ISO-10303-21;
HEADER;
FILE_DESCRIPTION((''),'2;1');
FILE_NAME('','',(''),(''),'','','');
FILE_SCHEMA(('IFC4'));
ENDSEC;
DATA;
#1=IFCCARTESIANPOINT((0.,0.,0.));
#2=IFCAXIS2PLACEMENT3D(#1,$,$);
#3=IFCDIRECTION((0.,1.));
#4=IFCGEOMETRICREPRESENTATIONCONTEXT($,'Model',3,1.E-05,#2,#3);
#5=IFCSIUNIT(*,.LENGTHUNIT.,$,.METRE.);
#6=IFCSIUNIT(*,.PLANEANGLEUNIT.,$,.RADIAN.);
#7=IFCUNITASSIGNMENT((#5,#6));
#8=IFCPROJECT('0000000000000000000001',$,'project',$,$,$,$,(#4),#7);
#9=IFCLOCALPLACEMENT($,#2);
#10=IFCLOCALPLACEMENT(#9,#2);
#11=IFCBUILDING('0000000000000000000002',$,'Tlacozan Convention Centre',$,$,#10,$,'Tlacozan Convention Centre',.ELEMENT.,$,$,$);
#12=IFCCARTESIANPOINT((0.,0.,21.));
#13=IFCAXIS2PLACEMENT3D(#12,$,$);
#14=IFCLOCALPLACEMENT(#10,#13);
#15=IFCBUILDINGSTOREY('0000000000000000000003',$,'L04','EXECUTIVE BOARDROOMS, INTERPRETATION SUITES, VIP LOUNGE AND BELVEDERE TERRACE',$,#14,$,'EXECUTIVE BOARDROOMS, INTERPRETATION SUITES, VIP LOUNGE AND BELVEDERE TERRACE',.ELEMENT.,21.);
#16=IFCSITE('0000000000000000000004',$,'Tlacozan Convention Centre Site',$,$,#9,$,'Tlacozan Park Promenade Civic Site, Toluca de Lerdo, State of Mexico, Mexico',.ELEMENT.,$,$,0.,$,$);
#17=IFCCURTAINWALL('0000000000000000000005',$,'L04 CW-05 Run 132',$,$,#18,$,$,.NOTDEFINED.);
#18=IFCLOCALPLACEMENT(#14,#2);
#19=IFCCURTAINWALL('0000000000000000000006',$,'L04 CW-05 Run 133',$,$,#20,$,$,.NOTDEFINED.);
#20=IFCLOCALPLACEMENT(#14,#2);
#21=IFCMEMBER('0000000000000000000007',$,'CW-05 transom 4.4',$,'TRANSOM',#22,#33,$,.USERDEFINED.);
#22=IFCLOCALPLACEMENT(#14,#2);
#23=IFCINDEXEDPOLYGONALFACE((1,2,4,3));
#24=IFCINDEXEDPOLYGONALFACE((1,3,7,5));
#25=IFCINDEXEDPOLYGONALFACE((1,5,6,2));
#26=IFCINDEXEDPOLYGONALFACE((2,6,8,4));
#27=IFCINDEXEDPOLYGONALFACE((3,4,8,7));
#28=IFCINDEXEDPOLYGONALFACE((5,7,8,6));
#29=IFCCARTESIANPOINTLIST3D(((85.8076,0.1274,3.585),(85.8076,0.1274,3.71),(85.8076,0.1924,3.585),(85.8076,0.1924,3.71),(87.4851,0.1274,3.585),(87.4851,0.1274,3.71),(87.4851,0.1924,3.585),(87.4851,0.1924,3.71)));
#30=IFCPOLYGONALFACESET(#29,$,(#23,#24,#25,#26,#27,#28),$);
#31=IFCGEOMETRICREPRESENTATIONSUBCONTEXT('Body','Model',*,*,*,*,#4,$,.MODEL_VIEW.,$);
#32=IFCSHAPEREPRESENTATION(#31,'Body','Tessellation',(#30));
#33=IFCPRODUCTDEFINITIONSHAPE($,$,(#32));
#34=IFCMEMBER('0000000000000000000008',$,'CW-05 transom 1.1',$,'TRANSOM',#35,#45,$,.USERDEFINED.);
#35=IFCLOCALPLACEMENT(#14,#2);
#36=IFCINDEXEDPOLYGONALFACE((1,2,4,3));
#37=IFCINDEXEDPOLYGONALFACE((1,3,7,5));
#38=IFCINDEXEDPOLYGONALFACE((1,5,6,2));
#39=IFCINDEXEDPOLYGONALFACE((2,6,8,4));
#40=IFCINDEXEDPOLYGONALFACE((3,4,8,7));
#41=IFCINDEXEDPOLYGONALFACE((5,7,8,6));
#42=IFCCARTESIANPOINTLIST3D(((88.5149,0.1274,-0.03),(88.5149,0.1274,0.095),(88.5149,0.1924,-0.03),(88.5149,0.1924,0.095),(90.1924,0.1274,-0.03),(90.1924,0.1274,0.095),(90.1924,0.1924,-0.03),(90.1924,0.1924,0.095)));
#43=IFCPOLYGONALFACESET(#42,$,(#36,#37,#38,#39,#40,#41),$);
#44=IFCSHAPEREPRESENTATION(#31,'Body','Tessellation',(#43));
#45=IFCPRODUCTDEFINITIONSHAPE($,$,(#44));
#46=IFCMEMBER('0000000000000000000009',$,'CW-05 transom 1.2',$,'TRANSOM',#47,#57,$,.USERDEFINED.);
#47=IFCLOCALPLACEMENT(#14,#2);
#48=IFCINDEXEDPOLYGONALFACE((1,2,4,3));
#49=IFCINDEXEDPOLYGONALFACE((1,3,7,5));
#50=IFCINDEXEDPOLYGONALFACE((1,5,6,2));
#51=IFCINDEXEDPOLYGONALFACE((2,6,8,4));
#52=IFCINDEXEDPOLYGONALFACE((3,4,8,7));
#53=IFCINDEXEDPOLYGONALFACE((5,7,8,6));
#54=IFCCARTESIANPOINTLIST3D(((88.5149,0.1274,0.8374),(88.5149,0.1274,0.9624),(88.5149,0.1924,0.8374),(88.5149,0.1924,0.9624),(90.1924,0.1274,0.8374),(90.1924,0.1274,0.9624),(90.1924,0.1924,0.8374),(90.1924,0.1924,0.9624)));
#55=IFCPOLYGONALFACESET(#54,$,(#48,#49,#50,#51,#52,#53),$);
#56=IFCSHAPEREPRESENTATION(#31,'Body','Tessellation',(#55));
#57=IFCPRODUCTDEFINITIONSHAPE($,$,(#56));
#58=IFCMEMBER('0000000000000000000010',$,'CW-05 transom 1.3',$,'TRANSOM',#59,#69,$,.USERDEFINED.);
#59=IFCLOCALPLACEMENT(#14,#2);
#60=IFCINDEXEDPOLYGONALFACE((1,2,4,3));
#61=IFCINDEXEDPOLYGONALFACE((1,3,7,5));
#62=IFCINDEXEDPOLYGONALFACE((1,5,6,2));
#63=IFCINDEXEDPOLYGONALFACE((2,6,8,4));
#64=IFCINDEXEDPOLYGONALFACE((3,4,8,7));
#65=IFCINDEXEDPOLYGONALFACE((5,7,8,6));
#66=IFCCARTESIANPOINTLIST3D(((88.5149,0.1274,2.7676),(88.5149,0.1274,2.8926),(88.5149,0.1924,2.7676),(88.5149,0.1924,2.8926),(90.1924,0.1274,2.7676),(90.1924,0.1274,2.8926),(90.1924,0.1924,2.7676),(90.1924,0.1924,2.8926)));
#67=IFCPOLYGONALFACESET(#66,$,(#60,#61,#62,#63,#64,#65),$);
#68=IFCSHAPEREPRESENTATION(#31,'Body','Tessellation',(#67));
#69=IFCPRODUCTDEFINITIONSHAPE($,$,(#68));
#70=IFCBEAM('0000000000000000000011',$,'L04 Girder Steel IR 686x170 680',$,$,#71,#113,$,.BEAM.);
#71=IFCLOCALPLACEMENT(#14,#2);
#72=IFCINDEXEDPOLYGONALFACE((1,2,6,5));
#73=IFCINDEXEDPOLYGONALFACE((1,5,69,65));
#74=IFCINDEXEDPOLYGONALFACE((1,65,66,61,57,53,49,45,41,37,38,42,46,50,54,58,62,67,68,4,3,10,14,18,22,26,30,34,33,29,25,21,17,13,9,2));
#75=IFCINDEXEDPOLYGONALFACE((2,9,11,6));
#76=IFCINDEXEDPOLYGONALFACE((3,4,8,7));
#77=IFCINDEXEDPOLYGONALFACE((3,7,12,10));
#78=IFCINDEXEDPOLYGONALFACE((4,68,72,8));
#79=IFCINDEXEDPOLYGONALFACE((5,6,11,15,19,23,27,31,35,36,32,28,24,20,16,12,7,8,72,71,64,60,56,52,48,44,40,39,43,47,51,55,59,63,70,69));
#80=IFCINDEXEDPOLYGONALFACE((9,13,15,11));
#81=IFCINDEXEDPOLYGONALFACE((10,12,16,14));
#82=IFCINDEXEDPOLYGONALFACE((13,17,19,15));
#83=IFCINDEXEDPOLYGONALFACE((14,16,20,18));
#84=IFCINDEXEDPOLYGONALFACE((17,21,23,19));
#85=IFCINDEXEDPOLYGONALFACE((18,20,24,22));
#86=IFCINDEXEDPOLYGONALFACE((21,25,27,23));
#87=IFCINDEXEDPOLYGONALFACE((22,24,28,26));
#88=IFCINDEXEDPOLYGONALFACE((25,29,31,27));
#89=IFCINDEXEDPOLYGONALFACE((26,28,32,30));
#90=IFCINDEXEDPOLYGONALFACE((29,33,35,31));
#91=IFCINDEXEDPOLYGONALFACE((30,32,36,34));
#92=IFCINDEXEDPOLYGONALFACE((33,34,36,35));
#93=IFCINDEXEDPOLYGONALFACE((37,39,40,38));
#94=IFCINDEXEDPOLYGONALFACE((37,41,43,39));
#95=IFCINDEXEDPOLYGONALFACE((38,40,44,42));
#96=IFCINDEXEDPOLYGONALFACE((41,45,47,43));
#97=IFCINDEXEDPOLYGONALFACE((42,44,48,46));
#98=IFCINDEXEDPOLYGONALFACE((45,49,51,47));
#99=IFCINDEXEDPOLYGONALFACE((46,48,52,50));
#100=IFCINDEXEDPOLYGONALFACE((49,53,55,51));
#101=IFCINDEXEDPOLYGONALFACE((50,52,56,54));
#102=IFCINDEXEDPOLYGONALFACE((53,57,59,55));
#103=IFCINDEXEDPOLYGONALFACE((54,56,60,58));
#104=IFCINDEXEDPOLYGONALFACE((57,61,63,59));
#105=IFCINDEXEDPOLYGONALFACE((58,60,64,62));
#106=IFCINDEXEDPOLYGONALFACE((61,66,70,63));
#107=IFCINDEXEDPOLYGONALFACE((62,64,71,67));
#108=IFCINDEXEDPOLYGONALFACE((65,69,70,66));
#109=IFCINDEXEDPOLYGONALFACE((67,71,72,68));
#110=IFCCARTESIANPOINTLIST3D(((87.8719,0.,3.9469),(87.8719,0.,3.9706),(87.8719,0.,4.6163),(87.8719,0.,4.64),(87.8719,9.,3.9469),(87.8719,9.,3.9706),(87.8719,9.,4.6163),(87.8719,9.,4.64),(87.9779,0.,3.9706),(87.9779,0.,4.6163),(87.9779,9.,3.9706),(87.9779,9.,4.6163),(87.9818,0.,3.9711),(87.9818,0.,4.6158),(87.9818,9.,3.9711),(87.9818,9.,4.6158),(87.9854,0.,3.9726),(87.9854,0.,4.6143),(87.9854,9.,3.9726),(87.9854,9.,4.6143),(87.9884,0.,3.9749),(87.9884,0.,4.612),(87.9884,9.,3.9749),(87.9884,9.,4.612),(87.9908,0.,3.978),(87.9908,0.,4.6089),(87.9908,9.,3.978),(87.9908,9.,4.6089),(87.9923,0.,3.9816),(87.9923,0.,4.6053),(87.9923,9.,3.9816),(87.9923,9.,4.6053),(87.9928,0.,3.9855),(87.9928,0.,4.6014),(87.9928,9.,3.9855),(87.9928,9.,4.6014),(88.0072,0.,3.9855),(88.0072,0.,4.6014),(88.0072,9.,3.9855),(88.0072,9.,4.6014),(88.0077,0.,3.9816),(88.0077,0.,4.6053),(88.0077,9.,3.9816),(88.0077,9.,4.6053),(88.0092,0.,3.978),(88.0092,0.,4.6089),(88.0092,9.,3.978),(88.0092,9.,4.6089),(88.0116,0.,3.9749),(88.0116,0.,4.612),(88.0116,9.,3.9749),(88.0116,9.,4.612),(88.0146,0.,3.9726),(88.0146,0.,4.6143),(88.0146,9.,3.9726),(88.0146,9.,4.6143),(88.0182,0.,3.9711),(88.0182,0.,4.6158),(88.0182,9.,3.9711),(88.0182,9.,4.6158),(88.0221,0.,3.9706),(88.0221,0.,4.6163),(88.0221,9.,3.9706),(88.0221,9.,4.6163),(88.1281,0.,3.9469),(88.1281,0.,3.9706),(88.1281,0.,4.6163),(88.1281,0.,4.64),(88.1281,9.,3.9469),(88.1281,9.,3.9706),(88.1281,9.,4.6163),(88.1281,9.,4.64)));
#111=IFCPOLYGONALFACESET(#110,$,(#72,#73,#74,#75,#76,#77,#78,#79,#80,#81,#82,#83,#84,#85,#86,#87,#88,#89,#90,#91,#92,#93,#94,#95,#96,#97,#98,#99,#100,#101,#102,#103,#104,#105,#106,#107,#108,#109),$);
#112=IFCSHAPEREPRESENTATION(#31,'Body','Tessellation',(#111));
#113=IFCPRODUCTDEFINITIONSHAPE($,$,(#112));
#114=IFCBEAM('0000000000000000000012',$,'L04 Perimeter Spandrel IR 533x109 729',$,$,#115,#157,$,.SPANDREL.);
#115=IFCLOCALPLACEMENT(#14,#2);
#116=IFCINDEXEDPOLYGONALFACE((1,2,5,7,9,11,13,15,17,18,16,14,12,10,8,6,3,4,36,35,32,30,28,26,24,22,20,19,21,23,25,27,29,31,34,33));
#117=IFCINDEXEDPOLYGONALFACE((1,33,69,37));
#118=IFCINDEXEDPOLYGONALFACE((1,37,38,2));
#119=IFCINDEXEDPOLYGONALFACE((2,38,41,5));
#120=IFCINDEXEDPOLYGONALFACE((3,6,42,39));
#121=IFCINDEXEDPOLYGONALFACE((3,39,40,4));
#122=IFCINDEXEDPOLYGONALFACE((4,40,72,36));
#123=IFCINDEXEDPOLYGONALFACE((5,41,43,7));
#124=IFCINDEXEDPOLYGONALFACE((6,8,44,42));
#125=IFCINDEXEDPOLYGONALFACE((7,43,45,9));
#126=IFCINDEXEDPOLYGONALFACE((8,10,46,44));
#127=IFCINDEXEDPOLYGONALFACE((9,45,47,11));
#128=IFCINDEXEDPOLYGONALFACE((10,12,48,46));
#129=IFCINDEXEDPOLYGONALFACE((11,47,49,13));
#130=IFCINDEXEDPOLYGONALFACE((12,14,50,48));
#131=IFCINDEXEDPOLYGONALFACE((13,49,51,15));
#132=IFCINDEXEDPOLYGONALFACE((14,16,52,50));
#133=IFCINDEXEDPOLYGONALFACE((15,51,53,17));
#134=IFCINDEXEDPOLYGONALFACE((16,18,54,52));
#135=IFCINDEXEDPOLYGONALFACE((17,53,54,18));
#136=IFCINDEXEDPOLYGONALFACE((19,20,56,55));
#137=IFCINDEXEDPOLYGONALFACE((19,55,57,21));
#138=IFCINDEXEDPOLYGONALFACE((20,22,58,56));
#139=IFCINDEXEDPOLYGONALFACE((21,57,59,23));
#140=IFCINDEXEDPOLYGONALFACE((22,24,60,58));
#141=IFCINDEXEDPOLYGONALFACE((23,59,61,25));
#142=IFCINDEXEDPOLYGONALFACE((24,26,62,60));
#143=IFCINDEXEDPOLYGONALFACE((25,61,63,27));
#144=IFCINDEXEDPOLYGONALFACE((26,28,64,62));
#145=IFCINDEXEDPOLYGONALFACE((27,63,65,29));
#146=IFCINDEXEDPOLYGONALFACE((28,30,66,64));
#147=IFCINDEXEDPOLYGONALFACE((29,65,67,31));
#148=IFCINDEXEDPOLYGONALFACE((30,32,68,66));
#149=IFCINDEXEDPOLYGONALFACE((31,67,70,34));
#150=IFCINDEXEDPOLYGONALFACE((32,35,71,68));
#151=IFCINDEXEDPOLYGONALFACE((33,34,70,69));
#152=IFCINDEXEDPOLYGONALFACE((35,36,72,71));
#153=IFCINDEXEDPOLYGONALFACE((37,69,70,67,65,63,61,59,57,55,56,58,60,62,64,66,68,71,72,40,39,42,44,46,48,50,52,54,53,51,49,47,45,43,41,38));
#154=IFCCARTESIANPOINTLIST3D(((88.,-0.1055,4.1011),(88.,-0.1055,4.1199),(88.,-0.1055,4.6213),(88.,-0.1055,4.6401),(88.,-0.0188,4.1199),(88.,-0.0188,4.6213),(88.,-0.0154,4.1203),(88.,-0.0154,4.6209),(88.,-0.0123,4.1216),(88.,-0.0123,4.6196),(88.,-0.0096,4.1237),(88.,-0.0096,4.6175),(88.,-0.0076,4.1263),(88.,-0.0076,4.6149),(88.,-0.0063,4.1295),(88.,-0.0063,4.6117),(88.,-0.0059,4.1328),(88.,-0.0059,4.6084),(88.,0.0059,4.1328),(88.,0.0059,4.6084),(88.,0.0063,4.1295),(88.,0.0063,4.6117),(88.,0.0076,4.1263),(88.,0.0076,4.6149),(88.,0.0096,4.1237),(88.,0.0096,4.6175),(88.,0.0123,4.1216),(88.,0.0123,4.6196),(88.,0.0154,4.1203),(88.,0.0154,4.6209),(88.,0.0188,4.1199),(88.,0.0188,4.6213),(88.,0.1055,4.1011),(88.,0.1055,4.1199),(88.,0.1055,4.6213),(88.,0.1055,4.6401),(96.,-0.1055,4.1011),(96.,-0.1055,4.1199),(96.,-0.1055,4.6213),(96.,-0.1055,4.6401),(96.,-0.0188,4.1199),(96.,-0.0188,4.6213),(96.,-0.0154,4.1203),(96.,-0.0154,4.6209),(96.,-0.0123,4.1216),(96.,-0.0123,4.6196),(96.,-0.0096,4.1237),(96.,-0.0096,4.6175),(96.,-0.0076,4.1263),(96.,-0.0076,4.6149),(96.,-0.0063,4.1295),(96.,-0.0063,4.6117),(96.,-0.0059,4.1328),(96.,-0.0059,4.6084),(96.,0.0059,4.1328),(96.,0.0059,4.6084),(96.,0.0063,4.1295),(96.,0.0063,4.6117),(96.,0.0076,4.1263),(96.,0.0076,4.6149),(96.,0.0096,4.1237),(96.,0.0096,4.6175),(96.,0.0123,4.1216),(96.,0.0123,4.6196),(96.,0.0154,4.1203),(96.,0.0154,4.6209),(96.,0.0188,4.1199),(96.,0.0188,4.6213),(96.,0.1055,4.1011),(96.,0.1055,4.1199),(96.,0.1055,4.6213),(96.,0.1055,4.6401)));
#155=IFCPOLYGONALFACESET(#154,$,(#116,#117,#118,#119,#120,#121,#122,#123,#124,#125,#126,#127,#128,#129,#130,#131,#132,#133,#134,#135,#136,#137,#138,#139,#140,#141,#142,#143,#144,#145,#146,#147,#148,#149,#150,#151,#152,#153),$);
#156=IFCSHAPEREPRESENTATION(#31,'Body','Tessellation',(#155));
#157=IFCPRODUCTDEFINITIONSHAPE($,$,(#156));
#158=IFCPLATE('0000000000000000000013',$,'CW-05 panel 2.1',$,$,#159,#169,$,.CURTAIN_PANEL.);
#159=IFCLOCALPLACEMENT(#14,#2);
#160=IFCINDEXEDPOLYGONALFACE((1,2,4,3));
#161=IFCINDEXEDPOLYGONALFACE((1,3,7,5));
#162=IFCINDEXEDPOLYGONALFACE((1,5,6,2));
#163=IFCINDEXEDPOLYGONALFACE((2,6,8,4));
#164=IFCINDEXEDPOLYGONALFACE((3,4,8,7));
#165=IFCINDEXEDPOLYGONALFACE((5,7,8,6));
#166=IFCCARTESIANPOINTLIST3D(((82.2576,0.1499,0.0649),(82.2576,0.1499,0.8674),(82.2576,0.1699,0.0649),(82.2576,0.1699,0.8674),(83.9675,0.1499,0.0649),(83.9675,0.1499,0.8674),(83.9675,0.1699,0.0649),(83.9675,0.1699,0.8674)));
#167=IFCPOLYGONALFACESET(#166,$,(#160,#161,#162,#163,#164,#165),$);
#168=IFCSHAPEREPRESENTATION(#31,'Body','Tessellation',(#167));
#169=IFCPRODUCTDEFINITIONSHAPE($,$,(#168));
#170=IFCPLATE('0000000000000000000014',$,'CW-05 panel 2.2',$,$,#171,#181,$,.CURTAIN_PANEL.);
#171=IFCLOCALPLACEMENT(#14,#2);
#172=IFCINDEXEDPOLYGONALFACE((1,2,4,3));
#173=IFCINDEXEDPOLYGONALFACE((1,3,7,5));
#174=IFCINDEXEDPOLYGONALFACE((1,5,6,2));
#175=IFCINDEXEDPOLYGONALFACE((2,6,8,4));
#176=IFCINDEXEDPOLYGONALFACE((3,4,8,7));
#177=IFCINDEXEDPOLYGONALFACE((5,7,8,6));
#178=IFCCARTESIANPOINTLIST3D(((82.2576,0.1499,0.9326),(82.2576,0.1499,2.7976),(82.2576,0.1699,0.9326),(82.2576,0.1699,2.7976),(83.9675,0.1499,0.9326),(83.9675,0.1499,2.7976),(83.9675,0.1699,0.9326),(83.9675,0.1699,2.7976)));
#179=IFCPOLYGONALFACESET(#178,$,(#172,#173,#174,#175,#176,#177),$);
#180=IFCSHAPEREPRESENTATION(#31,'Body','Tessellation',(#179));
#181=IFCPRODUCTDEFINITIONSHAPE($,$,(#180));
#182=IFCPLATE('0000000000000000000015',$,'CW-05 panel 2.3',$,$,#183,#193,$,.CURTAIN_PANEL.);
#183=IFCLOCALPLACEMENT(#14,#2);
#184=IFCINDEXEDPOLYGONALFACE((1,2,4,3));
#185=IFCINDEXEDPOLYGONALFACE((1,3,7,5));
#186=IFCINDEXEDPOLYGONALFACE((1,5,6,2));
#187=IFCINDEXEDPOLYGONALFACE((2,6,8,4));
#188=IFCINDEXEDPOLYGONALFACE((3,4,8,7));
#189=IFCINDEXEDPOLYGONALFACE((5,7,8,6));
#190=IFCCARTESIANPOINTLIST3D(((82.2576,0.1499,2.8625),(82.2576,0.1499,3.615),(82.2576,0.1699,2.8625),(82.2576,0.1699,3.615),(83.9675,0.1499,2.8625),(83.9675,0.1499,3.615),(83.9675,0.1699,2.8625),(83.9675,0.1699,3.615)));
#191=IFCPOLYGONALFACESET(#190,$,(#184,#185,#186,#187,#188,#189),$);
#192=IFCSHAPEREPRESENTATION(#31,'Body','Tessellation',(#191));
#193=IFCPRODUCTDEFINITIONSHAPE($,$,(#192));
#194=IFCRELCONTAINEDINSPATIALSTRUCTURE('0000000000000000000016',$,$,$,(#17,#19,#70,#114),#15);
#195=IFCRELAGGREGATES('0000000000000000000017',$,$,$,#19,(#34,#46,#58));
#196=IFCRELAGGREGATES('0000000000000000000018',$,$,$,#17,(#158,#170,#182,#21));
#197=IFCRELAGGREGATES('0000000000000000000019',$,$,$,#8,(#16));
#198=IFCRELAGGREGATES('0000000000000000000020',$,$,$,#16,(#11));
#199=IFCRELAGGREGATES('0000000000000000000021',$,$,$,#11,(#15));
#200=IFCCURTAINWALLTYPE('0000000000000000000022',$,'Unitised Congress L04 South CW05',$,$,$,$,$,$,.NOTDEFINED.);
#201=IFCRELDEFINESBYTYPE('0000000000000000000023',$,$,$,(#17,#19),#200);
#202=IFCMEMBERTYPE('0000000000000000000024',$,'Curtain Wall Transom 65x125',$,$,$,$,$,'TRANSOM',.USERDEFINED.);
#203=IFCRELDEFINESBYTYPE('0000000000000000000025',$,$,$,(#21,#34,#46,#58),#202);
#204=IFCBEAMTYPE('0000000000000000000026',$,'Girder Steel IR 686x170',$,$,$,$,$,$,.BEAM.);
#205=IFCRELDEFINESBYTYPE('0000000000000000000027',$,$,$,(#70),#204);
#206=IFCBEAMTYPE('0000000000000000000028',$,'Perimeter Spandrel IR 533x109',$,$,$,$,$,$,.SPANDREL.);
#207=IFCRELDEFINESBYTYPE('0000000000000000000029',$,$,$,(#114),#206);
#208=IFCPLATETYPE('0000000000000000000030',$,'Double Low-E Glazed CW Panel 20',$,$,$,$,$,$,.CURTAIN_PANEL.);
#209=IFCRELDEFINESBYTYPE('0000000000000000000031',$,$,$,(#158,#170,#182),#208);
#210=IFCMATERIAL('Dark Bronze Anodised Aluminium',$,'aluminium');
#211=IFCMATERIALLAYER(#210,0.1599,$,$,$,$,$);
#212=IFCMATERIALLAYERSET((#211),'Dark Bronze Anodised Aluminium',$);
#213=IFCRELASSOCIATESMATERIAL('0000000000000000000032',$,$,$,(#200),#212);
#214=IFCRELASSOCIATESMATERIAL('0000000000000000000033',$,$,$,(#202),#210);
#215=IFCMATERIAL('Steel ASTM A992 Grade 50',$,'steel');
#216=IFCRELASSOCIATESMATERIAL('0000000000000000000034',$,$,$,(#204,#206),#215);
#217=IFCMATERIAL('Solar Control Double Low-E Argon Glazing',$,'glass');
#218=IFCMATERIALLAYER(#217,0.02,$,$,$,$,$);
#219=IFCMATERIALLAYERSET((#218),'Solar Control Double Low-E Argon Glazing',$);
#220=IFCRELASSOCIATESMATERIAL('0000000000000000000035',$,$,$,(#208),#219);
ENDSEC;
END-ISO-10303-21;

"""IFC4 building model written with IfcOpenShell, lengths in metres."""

from ifc_helpers import new_model, si_unit, direction, frame, origin, origin_2d, place, context, subcontext, project, spatial, rectangle, i_section, extrude, material, layer, layer_set, material_profile, profile_set, type_object, element, aggregate, save


model = new_model("IFC4")

# Units and contexts
model_context = context("Model", 3, precision=1e-05, world=origin(), true_north=direction((0.0, 1.0)))
body_context = subcontext(model_context, "Body", "Model", "MODEL_VIEW")
ifc_project = project(units=[si_unit("LENGTHUNIT", "METRE"), si_unit("PLANEANGLEUNIT", "RADIAN")], contexts=[model_context])

# Site, building, storey
site_placement = place(None, origin())
site = spatial("IfcSite", under=ifc_project, at=site_placement, Name="Tlacozan Convention Centre Site", LongName="Tlacozan Park Promenade Civic Site, Toluca de Lerdo, State of Mexico, Mexico", CompositionType="ELEMENT", RefElevation=0.0)
building_placement = place(site_placement, origin())
building = spatial("IfcBuilding", under=site, at=building_placement, Name="Tlacozan Convention Centre", LongName="Tlacozan Convention Centre", CompositionType="ELEMENT")
storey_placement = place(building_placement, frame((0.0, 0.0, 21.0)))
storey = spatial("IfcBuildingStorey", under=building, at=storey_placement, Name="L04", Description="EXECUTIVE BOARDROOMS, INTERPRETATION SUITES, VIP LOUNGE AND BELVEDERE TERRACE", LongName="EXECUTIVE BOARDROOMS, INTERPRETATION SUITES, VIP LOUNGE AND BELVEDERE TERRACE", CompositionType="ELEMENT", Elevation=21.0)

# Curtain wall
ifc_material_1 = material(Name="Dark Bronze Anodised Aluminium", Category="aluminium")
ifc_layer_1 = layer(ifc_material_1, 0.1599)
ifc_layer_set_1 = layer_set([ifc_layer_1], Name="Dark Bronze Anodised Aluminium")
curtain_wall_type = type_object("IfcCurtainWallType", Name="Unitised Congress L04 South CW05", PredefinedType="NOTDEFINED", material=ifc_layer_set_1)
curtain_wall_1_placement = place(storey_placement, origin())
curtain_wall_1 = element("IfcCurtainWall", 1, at=curtain_wall_1_placement, inside=storey, type_object=curtain_wall_type, Name="L04 CW-05 Run 132", PredefinedType="NOTDEFINED")

# Curtain wall
curtain_wall_2_placement = place(storey_placement, origin())
curtain_wall_2 = element("IfcCurtainWall", 2, at=curtain_wall_2_placement, inside=storey, type_object=curtain_wall_type, Name="L04 CW-05 Run 133", PredefinedType="NOTDEFINED")

# Members
ifc_material_profile_1 = material_profile(ifc_material_1, rectangle(XDim=0.0649, YDim=0.125, at=origin_2d()), Name="ALU 65x125")
ifc_profile_set_1 = profile_set([ifc_material_profile_1], Name="Dark Bronze Anodised Aluminium")
member_type_1 = type_object("IfcMemberType", Name="Curtain Wall Transom 65x125", ElementType="TRANSOM", PredefinedType="USERDEFINED", material=ifc_profile_set_1)
member_1_placement = place(storey_placement, frame((85.8076, 0.1599, 3.6475), z_axis=(1.0, 0.0, 0.0), x_axis=(0.0, 1.0, 0.0)))
member_1 = element("IfcMember", 3, at=member_1_placement, type_object=member_type_1, Name="CW-05 transom 4.4", ObjectType="TRANSOM", PredefinedType="USERDEFINED", context=body_context, shape_type="SweptSolid", body=[
    extrude(rectangle(XDim=0.0649, YDim=0.125, at=origin_2d()), origin(), (0.0, 0.0, 1.0), 1.6775),
])
member_2_placement = place(storey_placement, frame((88.5149, 0.1599, 0.0325), z_axis=(1.0, 0.0, 0.0), x_axis=(0.0, 1.0, 0.0)))
member_2 = element("IfcMember", 4, at=member_2_placement, type_object=member_type_1, Name="CW-05 transom 1.1", ObjectType="TRANSOM", PredefinedType="USERDEFINED", context=body_context, shape_type="SweptSolid", body=[
    extrude(rectangle(XDim=0.0649, YDim=0.125, at=origin_2d()), origin(), (0.0, 0.0, 1.0), 1.6775),
])
member_3_placement = place(storey_placement, frame((88.5149, 0.1599, 0.8999), z_axis=(1.0, 0.0, 0.0), x_axis=(0.0, 1.0, 0.0)))
member_3 = element("IfcMember", 5, at=member_3_placement, type_object=member_type_1, Name="CW-05 transom 1.2", ObjectType="TRANSOM", PredefinedType="USERDEFINED", context=body_context, shape_type="SweptSolid", body=[
    extrude(rectangle(XDim=0.0649, YDim=0.125, at=origin_2d()), origin(), (0.0, 0.0, 1.0), 1.6775),
])
member_4_placement = place(storey_placement, frame((88.5149, 0.1599, 2.8301), z_axis=(1.0, 0.0, 0.0), x_axis=(0.0, 1.0, 0.0)))
member_4 = element("IfcMember", 6, at=member_4_placement, type_object=member_type_1, Name="CW-05 transom 1.3", ObjectType="TRANSOM", PredefinedType="USERDEFINED", context=body_context, shape_type="SweptSolid", body=[
    extrude(rectangle(XDim=0.0649, YDim=0.125, at=origin_2d()), origin(), (0.0, 0.0, 1.0), 1.6775),
])
aggregate(curtain_wall_2, [member_2, member_3, member_4])

# Beams
ifc_material_2 = material(Name="Steel ASTM A992 Grade 50", Category="steel")
ifc_material_profile_2 = material_profile(ifc_material_2, i_section(OverallWidth=0.2561, OverallDepth=0.6931, WebThickness=0.0144, FlangeThickness=0.0237, FilletRadius=0.0149, at=origin_2d()), Name="IR 686x170.0")
ifc_profile_set_2 = profile_set([ifc_material_profile_2], Name="Steel ASTM A992 Grade 50")
beam_type_1 = type_object("IfcBeamType", Name="Girder Steel IR 686x170", PredefinedType="BEAM", material=ifc_profile_set_2)
beam_1_placement = place(storey_placement, frame((88.0, 0.0, 4.2935), z_axis=(0.0, 1.0, 0.0), x_axis=(-1.0, 0.0, 0.0)))
element("IfcBeam", 7, at=beam_1_placement, inside=storey, type_object=beam_type_1, Name="L04 Girder Steel IR 686x170 680", PredefinedType="BEAM", context=body_context, shape_type="SweptSolid", body=[
    extrude(i_section(OverallWidth=0.2561, OverallDepth=0.6931, WebThickness=0.0144, FlangeThickness=0.0237, FilletRadius=0.0149, at=origin_2d()), origin(), (0.0, 0.0, 1.0), 9.0),
])
ifc_material_profile_3 = material_profile(ifc_material_2, i_section(OverallWidth=0.2109, OverallDepth=0.5391, WebThickness=0.0117, FlangeThickness=0.0188, FilletRadius=0.0129, at=origin_2d()), Name="IR 533x109.0")
ifc_profile_set_3 = profile_set([ifc_material_profile_3], Name="Steel ASTM A992 Grade 50")
beam_type_2 = type_object("IfcBeamType", Name="Perimeter Spandrel IR 533x109", PredefinedType="SPANDREL", material=ifc_profile_set_3)
beam_2_placement = place(storey_placement, frame((88.0, 0.0, 4.3706), z_axis=(1.0, 0.0, 0.0), x_axis=(0.0, 1.0, 0.0)))
element("IfcBeam", 8, at=beam_2_placement, inside=storey, type_object=beam_type_2, Name="L04 Perimeter Spandrel IR 533x109 729", PredefinedType="SPANDREL", context=body_context, shape_type="SweptSolid", body=[
    extrude(i_section(OverallWidth=0.2109, OverallDepth=0.5391, WebThickness=0.0117, FlangeThickness=0.0188, FilletRadius=0.0129, at=origin_2d()), origin(), (0.0, 0.0, 1.0), 8.0),
])

# Plates
ifc_material_3 = material(Name="Solar Control Double Low-E Argon Glazing", Category="glass")
ifc_layer_2 = layer(ifc_material_3, 0.02)
ifc_layer_set_2 = layer_set([ifc_layer_2], Name="Solar Control Double Low-E Argon Glazing")
plate_type = type_object("IfcPlateType", Name="Double Low-E Glazed CW Panel 20", PredefinedType="CURTAIN_PANEL", material=ifc_layer_set_2)
plate_1_placement = place(storey_placement, frame((83.1125, 0.1599, 0.0649), z_axis=(0.0, 0.0, 1.0), x_axis=(1.0, 0.0, 0.0)))
plate_1 = element("IfcPlate", 9, at=plate_1_placement, type_object=plate_type, Name="CW-05 panel 2.1", PredefinedType="CURTAIN_PANEL", context=body_context, shape_type="SweptSolid", body=[
    extrude(rectangle(XDim=1.71, YDim=0.02, at=origin_2d()), origin(), (0.0, 0.0, 1.0), 0.8025),
])
plate_2_placement = place(storey_placement, frame((83.1125, 0.1599, 0.9326), z_axis=(0.0, 0.0, 1.0), x_axis=(1.0, 0.0, 0.0)))
plate_2 = element("IfcPlate", 10, at=plate_2_placement, type_object=plate_type, Name="CW-05 panel 2.2", PredefinedType="CURTAIN_PANEL", context=body_context, shape_type="SweptSolid", body=[
    extrude(rectangle(XDim=1.71, YDim=0.02, at=origin_2d()), origin(), (0.0, 0.0, 1.0), 1.865),
])
plate_3_placement = place(storey_placement, frame((83.1125, 0.1599, 2.8625), z_axis=(0.0, 0.0, 1.0), x_axis=(1.0, 0.0, 0.0)))
plate_3 = element("IfcPlate", 11, at=plate_3_placement, type_object=plate_type, Name="CW-05 panel 2.3", PredefinedType="CURTAIN_PANEL", context=body_context, shape_type="SweptSolid", body=[
    extrude(rectangle(XDim=1.71, YDim=0.02, at=origin_2d()), origin(), (0.0, 0.0, 1.0), 0.7524),
])
aggregate(curtain_wall_1, [plate_1, plate_2, plate_3, member_1])

save(model, "model.ifc")
